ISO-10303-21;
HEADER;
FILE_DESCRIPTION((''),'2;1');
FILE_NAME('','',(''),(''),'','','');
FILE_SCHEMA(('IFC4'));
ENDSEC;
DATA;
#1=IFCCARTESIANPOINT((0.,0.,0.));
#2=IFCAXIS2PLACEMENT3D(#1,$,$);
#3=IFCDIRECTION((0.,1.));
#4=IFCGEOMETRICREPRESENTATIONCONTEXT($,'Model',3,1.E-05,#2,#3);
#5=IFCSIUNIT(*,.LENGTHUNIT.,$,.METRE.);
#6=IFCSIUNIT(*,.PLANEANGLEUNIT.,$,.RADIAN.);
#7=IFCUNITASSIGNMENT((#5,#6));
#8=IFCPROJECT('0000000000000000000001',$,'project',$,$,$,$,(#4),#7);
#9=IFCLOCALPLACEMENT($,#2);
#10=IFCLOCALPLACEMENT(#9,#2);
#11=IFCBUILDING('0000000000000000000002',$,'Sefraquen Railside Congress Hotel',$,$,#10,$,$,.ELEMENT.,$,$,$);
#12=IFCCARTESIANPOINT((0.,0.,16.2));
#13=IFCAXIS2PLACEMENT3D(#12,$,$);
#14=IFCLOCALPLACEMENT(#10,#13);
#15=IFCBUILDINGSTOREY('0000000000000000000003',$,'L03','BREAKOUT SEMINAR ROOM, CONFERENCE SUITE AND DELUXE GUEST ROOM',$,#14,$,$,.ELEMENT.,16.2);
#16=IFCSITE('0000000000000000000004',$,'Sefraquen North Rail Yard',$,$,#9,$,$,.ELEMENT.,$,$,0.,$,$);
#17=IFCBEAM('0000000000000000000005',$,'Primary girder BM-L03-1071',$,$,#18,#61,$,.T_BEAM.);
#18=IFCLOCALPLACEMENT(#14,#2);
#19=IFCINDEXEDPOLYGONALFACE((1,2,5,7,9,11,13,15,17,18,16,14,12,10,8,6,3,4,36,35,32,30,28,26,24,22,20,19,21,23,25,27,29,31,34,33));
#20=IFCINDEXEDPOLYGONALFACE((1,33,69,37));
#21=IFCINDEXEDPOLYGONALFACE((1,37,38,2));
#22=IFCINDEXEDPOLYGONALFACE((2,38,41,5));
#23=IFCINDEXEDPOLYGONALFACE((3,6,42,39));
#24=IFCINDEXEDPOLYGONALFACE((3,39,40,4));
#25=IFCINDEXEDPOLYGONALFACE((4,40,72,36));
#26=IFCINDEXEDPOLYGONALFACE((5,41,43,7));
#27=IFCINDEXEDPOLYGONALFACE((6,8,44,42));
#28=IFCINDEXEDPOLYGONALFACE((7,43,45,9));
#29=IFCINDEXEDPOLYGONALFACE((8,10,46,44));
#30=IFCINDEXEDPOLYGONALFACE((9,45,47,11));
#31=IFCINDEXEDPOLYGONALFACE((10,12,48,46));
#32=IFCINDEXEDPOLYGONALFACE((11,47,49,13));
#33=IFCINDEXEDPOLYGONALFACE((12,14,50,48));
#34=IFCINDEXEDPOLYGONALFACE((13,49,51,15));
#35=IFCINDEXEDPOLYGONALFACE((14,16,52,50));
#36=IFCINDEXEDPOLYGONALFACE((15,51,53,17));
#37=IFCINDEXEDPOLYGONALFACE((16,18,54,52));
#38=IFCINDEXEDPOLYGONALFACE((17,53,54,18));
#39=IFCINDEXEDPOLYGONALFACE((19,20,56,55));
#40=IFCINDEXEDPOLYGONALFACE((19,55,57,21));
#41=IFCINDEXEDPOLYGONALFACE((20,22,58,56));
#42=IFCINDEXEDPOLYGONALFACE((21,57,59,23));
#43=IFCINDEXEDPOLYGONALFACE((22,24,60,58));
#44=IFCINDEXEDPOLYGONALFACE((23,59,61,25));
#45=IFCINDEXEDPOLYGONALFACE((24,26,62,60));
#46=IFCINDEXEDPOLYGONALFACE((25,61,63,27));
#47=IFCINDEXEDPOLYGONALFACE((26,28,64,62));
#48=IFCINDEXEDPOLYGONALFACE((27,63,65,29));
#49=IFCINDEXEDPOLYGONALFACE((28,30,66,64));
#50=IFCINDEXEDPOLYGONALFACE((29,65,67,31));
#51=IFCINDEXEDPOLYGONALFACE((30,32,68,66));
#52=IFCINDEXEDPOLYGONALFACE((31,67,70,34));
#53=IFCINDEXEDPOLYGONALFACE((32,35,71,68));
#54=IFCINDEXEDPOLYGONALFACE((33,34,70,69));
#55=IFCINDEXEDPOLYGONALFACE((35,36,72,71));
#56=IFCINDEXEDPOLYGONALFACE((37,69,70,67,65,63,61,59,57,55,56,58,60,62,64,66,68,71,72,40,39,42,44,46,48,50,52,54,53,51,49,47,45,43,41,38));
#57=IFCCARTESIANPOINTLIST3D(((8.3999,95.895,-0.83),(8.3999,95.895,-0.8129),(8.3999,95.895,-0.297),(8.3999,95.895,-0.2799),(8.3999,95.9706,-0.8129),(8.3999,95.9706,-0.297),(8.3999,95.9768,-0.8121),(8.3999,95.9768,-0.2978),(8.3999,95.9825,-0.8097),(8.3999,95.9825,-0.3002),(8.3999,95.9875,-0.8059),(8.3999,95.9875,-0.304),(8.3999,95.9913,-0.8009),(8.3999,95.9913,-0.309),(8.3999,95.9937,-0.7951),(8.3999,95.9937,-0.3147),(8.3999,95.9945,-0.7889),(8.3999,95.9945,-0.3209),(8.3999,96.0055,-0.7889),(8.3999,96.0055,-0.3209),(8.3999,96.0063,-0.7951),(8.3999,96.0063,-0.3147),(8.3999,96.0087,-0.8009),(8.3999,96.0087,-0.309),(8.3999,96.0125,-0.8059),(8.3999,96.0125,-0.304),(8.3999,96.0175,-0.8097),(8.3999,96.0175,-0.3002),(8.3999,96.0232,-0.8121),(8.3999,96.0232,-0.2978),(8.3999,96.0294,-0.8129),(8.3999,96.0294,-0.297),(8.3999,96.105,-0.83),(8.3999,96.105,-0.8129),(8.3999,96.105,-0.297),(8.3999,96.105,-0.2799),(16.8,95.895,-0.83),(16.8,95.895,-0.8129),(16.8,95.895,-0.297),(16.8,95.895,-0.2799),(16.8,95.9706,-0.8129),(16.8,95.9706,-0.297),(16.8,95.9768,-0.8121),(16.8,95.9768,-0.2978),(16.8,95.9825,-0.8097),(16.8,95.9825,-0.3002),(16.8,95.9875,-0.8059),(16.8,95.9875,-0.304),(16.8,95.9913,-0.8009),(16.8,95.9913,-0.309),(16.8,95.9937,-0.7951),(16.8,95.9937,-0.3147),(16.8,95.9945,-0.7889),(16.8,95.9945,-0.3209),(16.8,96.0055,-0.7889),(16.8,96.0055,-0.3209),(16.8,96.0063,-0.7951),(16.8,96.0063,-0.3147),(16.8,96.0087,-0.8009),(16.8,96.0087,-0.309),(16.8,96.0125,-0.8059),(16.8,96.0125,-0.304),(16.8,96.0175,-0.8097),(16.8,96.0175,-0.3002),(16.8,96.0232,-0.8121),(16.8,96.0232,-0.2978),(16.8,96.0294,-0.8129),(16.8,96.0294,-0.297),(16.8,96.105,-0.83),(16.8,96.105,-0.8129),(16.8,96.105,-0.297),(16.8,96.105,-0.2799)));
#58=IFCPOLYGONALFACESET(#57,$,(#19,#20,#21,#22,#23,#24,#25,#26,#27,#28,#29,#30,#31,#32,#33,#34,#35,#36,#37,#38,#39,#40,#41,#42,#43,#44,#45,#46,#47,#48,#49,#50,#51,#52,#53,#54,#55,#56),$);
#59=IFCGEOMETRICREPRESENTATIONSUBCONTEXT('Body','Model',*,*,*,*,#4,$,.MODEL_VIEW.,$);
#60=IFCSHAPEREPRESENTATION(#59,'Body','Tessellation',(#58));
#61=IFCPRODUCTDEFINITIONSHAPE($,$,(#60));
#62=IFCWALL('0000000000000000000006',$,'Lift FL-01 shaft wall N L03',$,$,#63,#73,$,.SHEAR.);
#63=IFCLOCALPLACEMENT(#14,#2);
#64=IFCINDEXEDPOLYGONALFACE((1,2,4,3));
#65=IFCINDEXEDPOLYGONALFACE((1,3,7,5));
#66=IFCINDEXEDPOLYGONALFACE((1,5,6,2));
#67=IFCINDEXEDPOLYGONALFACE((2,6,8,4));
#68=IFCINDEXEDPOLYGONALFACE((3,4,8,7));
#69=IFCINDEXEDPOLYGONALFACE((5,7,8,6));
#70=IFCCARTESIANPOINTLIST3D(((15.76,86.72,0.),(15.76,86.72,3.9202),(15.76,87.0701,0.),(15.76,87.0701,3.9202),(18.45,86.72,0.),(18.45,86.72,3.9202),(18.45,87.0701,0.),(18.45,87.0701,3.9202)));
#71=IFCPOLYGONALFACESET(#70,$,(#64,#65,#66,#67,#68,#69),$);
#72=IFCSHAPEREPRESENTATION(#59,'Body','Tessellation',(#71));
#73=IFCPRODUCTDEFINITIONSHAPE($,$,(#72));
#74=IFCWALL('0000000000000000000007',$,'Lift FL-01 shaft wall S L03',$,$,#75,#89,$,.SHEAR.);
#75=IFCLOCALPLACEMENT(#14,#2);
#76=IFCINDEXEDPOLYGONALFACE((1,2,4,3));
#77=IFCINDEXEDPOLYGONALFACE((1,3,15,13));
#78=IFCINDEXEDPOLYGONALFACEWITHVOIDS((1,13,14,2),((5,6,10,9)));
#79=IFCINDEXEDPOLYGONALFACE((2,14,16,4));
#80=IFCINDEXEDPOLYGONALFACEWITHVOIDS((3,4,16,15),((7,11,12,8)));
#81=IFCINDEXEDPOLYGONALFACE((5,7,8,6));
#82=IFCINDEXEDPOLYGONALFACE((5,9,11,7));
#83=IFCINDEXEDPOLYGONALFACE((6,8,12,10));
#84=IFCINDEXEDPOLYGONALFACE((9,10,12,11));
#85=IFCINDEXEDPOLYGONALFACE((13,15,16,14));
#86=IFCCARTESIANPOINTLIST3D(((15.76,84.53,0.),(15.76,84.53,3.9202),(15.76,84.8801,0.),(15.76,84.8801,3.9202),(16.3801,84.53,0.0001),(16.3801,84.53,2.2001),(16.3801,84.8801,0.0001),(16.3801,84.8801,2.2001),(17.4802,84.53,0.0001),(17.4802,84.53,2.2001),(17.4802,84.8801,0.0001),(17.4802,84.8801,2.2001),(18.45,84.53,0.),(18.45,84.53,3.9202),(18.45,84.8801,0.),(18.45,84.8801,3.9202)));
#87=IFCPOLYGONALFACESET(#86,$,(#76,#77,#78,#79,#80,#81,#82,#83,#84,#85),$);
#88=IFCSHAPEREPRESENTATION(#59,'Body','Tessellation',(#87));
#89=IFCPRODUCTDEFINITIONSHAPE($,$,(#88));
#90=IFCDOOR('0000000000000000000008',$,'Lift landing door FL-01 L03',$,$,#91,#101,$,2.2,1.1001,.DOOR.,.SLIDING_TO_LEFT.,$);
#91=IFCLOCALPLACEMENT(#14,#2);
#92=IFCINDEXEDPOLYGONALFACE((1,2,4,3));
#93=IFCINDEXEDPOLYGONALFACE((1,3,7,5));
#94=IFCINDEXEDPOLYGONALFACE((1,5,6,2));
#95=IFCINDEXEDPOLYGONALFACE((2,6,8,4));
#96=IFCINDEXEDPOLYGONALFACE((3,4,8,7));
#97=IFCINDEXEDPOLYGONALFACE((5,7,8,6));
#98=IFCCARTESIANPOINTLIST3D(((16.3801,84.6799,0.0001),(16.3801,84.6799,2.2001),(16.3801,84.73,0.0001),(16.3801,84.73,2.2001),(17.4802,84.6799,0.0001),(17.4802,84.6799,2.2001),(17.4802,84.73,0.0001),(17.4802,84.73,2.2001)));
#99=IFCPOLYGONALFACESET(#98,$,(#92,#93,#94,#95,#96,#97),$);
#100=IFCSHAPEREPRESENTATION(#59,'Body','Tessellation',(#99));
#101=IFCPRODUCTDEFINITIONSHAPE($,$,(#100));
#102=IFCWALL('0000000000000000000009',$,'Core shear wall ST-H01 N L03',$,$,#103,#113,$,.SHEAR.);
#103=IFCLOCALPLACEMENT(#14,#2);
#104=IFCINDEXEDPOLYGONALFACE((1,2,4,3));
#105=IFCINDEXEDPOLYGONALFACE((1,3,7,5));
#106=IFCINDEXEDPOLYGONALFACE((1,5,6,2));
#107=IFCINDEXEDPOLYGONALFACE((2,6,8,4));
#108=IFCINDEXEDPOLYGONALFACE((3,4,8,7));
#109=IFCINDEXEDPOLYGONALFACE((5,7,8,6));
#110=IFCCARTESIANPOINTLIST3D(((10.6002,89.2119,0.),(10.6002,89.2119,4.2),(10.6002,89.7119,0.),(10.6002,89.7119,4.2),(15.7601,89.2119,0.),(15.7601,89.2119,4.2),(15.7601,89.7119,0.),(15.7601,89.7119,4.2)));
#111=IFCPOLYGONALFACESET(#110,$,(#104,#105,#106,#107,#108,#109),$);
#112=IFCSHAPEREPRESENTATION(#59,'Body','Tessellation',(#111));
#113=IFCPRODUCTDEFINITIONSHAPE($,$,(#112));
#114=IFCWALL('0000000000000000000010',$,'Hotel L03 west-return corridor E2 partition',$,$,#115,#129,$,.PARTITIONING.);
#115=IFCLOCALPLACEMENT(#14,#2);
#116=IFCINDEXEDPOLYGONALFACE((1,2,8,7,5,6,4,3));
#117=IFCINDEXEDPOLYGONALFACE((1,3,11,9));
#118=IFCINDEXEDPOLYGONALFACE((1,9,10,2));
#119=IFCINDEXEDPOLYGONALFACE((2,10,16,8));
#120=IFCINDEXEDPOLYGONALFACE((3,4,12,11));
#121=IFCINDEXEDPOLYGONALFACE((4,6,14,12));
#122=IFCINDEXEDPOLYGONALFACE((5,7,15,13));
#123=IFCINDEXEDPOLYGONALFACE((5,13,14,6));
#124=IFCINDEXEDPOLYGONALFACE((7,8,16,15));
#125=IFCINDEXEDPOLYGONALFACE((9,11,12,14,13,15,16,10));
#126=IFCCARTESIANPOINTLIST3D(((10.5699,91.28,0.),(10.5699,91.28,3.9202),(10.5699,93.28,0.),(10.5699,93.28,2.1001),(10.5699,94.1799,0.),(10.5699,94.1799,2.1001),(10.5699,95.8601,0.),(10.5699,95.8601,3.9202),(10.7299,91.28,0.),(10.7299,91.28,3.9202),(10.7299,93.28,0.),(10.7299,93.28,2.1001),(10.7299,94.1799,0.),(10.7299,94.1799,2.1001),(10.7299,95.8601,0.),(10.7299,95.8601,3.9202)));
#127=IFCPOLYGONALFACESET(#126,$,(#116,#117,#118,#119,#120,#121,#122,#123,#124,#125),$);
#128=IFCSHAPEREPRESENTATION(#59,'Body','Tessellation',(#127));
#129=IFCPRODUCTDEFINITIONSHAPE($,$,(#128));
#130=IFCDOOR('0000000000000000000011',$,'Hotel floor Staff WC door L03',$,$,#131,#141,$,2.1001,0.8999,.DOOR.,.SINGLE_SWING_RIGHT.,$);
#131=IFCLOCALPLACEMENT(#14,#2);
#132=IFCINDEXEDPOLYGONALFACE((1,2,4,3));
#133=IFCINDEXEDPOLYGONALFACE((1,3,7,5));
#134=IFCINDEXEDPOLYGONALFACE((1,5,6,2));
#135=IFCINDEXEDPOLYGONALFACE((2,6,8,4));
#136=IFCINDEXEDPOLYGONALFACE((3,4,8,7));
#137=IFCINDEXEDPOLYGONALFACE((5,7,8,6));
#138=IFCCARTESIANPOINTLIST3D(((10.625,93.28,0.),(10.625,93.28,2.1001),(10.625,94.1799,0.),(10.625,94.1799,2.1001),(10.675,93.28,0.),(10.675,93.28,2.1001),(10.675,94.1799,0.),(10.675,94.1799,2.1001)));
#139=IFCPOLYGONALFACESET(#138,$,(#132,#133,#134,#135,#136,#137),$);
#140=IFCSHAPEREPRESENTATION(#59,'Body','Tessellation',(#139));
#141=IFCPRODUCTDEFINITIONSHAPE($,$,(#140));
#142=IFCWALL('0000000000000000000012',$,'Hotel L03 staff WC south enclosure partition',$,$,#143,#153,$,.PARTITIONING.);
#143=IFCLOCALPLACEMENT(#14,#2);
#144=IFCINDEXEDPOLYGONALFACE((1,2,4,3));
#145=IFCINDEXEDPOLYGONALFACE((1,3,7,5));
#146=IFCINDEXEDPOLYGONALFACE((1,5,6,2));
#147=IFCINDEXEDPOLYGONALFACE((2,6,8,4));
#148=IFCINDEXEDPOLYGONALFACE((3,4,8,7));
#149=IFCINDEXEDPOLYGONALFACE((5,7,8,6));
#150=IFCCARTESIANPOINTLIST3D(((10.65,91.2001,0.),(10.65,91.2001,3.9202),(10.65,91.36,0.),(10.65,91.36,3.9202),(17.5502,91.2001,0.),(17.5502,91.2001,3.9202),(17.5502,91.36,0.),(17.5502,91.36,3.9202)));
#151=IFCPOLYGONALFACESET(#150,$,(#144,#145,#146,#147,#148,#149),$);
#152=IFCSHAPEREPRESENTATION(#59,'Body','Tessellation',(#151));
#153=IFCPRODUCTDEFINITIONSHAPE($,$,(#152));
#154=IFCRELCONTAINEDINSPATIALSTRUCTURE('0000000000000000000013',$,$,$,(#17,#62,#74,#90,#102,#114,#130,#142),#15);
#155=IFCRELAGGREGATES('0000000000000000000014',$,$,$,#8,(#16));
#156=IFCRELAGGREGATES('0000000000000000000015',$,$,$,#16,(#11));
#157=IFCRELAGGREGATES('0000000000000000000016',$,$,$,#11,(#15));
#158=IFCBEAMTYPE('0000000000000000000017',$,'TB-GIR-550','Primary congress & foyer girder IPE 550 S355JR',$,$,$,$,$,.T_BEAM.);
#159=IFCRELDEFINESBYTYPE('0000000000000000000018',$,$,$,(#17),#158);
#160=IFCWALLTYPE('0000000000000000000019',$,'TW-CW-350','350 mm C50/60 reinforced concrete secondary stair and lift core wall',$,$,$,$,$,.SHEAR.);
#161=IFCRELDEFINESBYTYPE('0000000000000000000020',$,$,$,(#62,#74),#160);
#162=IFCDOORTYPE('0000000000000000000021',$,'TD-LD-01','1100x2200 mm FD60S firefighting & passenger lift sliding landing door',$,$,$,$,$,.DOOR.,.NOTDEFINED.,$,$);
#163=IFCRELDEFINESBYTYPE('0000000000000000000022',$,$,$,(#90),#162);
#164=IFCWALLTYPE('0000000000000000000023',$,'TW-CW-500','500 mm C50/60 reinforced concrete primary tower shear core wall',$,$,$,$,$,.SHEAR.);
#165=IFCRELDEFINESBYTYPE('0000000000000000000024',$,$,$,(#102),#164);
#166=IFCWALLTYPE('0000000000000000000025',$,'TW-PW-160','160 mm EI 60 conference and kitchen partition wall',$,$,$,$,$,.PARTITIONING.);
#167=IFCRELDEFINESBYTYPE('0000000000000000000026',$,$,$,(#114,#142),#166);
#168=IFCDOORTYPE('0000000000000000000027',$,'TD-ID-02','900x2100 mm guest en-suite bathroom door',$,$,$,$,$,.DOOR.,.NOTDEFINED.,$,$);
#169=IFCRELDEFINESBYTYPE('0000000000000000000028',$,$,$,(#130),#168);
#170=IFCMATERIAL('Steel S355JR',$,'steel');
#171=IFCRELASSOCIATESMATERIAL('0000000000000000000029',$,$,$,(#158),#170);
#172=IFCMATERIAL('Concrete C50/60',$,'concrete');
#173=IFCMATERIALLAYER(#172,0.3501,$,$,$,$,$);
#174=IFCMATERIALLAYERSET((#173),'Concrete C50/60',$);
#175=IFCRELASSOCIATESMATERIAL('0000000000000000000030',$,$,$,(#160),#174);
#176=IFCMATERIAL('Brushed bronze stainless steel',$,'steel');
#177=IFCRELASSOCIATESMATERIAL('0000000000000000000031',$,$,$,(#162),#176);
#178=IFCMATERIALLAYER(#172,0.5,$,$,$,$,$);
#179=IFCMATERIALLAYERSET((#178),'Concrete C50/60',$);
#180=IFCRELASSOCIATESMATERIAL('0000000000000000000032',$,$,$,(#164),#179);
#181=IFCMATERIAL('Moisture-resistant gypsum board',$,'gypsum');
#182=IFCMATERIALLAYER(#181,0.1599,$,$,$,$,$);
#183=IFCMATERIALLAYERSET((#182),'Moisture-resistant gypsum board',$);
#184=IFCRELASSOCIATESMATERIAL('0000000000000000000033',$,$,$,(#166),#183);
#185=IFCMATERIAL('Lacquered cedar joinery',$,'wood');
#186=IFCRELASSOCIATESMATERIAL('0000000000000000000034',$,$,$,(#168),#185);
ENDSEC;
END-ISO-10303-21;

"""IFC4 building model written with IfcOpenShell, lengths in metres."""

from ifc_helpers import new_model, si_unit, direction, frame, frame_2d, origin, origin_2d, place, context, subcontext, project, spatial, rectangle, i_section, extrude, material, layer, layer_set, material_profile, profile_set, type_object, element, fill, save


model = new_model("IFC4")

# Units and contexts
model_context = context("Model", 3, precision=1e-05, world=origin(), true_north=direction((0.0, 1.0)))
body_context = subcontext(model_context, "Body", "Model", "MODEL_VIEW")
ifc_project = project(units=[si_unit("LENGTHUNIT", "METRE"), si_unit("PLANEANGLEUNIT", "RADIAN")], contexts=[model_context])

# Site, building, storey
site_placement = place(None, origin())
site = spatial("IfcSite", under=ifc_project, at=site_placement, Name="Sefraquen North Rail Yard", CompositionType="ELEMENT", RefElevation=0.0)
building_placement = place(site_placement, origin())
building = spatial("IfcBuilding", under=site, at=building_placement, Name="Sefraquen Railside Congress Hotel", CompositionType="ELEMENT")
storey_placement = place(building_placement, frame((0.0, 0.0, 16.2)))
storey = spatial("IfcBuildingStorey", under=building, at=storey_placement, Name="L03", Description="BREAKOUT SEMINAR ROOM, CONFERENCE SUITE AND DELUXE GUEST ROOM", CompositionType="ELEMENT", Elevation=16.2)

# Shared definitions
ifc_material_1 = material(Name="Steel S355JR", Category="steel")

# Beam
ifc_material_profile_1 = material_profile(ifc_material_1, i_section(OverallWidth=0.21, OverallDepth=0.55, WebThickness=0.011, FlangeThickness=0.0171, FilletRadius=0.0239, at=origin_2d()), Name="IPE 550")
ifc_profile_set_1 = profile_set([ifc_material_profile_1], Name="Steel S355JR")
beam_type_1 = type_object("IfcBeamType", Name="TB-GIR-550", Description="Primary congress & foyer girder IPE 550 S355JR", PredefinedType="T_BEAM", material=ifc_profile_set_1)
beam_1_placement = place(storey_placement, frame((8.3999, 96.0, -0.5549), z_axis=(1.0, 0.0, 0.0), x_axis=(0.0, 1.0, 0.0)))
element("IfcBeam", 1, at=beam_1_placement, inside=storey, type_object=beam_type_1, Name="Primary girder BM-L03-1071", PredefinedType="T_BEAM", context=body_context, shape_type="SweptSolid", body=[
    extrude(i_section(OverallWidth=0.21, OverallDepth=0.55, WebThickness=0.011, FlangeThickness=0.0171, FilletRadius=0.0239, at=origin_2d()), origin(), (0.0, 0.0, 1.0), 8.4001),
])

# Wall
ifc_material_2 = material(Name="Concrete C50/60", Category="concrete")
ifc_layer_1 = layer(ifc_material_2, 0.3501)
ifc_layer_set_1 = layer_set([ifc_layer_1], Name="Concrete C50/60")
wall_type_1 = type_object("IfcWallType", Name="TW-CW-350", Description="350 mm C50/60 reinforced concrete secondary stair and lift core wall", PredefinedType="SHEAR", material=ifc_layer_set_1)
wall_1_placement = place(storey_placement, frame((15.76, 86.895, 0.0), z_axis=(0.0, 0.0, 1.0), x_axis=(1.0, 0.0, 0.0)))
element("IfcWall", 2, at=wall_1_placement, inside=storey, type_object=wall_type_1, Name="Lift FL-01 shaft wall N L03", PredefinedType="SHEAR", context=body_context, shape_type="SweptSolid", body=[
    extrude(rectangle(XDim=2.6899, YDim=0.3501, at=frame_2d((1.345, 0.0))), origin(), (0.0, 0.0, 1.0), 3.9202),
])

# Wall, opening, door
wall_2_placement = place(storey_placement, frame((15.76, 84.7051, 0.0), z_axis=(0.0, 0.0, 1.0), x_axis=(1.0, 0.0, 0.0)))
wall_2 = element("IfcWall", 3, at=wall_2_placement, inside=storey, type_object=wall_type_1, Name="Lift FL-01 shaft wall S L03", PredefinedType="SHEAR", context=body_context, shape_type="SweptSolid", body=[
    extrude(rectangle(XDim=2.6899, YDim=0.3501, at=frame_2d((1.345, 0.0))), origin(), (0.0, 0.0, 1.0), 3.9202),
])
opening_1_placement = place(wall_2_placement, frame((0.6201, 0.0, 0.0)))
opening_1 = element("IfcOpeningElement", 4, at=opening_1_placement, cuts=wall_2, PredefinedType="OPENING", context=body_context, shape_type="SweptSolid", body=[
    extrude(rectangle(XDim=1.1001, YDim=2.2, at=frame_2d((0.55, 1.1001))), frame((0.0, 0.1851, 0.0), z_axis=(0.0, -1.0, 0.0), x_axis=(1.0, 0.0, 0.0)), (0.0, 0.0, 1.0), 0.3701),
])
ifc_material_3 = material(Name="Brushed bronze stainless steel", Category="steel")
door_type_1 = type_object("IfcDoorType", Name="TD-LD-01", Description="1100x2200 mm FD60S firefighting & passenger lift sliding landing door", OperationType="NOTDEFINED", PredefinedType="DOOR", material=ifc_material_3)
door_1_placement = place(opening_1_placement, origin())
door_1 = element("IfcDoor", 5, at=door_1_placement, inside=storey, type_object=door_type_1, Name="Lift landing door FL-01 L03", OperationType="SLIDING_TO_LEFT", OverallHeight=2.2, OverallWidth=1.1001, PredefinedType="DOOR", context=body_context, shape_type="SweptSolid", body=[
    extrude(rectangle(XDim=1.1001, YDim=2.2, at=frame_2d((0.55, 1.1001))), frame((0.0, 0.0249, 0.0), z_axis=(0.0, -1.0, 0.0), x_axis=(1.0, 0.0, 0.0)), (0.0, 0.0, 1.0), 0.05),
])
fill(opening_1, door_1)

# Wall
ifc_layer_2 = layer(ifc_material_2, 0.5)
ifc_layer_set_2 = layer_set([ifc_layer_2], Name="Concrete C50/60")
wall_type_2 = type_object("IfcWallType", Name="TW-CW-500", Description="500 mm C50/60 reinforced concrete primary tower shear core wall", PredefinedType="SHEAR", material=ifc_layer_set_2)
wall_3_placement = place(storey_placement, frame((10.6001, 89.4619, 0.0), z_axis=(0.0, 0.0, 1.0), x_axis=(1.0, 0.0, 0.0)))
element("IfcWall", 6, at=wall_3_placement, inside=storey, type_object=wall_type_2, Name="Core shear wall ST-H01 N L03", PredefinedType="SHEAR", context=body_context, shape_type="SweptSolid", body=[
    extrude(rectangle(XDim=5.1599, YDim=0.5, at=frame_2d((2.5801, 0.0))), origin(), (0.0, 0.0, 1.0), 4.2),
])

# Wall, opening, door
ifc_material_4 = material(Name="Moisture-resistant gypsum board", Category="gypsum")
ifc_layer_3 = layer(ifc_material_4, 0.1599)
ifc_layer_set_3 = layer_set([ifc_layer_3], Name="Moisture-resistant gypsum board")
wall_type_3 = type_object("IfcWallType", Name="TW-PW-160", Description="160 mm EI 60 conference and kitchen partition wall", PredefinedType="PARTITIONING", material=ifc_layer_set_3)
wall_4_placement = place(storey_placement, frame((10.6499, 91.28, 0.0), z_axis=(0.0, 0.0, 1.0), x_axis=(0.0, 1.0, 0.0)))
wall_4 = element("IfcWall", 7, at=wall_4_placement, inside=storey, type_object=wall_type_3, Name="Hotel L03 west-return corridor E2 partition", PredefinedType="PARTITIONING", context=body_context, shape_type="SweptSolid", body=[
    extrude(rectangle(XDim=4.5801, YDim=0.1599, at=frame_2d((2.29, 0.0))), origin(), (0.0, 0.0, 1.0), 3.9202),
])
opening_2_placement = place(wall_4_placement, frame((2.0, 0.0, 0.0)))
opening_2 = element("IfcOpeningElement", 8, at=opening_2_placement, cuts=wall_4, PredefinedType="OPENING", context=body_context, shape_type="SweptSolid", body=[
    extrude(rectangle(XDim=0.8999, YDim=2.1001, at=frame_2d((0.45, 1.05))), frame((0.0, 0.0898, 0.0), z_axis=(0.0, -1.0, 0.0), x_axis=(1.0, 0.0, 0.0)), (0.0, 0.0, 1.0), 0.1799),
])
ifc_material_5 = material(Name="Lacquered cedar joinery", Category="wood")
door_type_2 = type_object("IfcDoorType", Name="TD-ID-02", Description="900x2100 mm guest en-suite bathroom door", OperationType="NOTDEFINED", PredefinedType="DOOR", material=ifc_material_5)
door_2_placement = place(opening_2_placement, origin())
door_2 = element("IfcDoor", 9, at=door_2_placement, inside=storey, type_object=door_type_2, Name="Hotel floor Staff WC door L03", OperationType="SINGLE_SWING_RIGHT", OverallHeight=2.1001, OverallWidth=0.8999, PredefinedType="DOOR", context=body_context, shape_type="SweptSolid", body=[
    extrude(rectangle(XDim=0.8999, YDim=2.1001, at=frame_2d((0.45, 1.05))), frame((0.0, 0.0249, 0.0), z_axis=(0.0, -1.0, 0.0), x_axis=(1.0, 0.0, 0.0)), (0.0, 0.0, 1.0), 0.05),
])
fill(opening_2, door_2)

# Wall
wall_5_placement = place(storey_placement, frame((10.6499, 91.28, 0.0), z_axis=(0.0, 0.0, 1.0), x_axis=(1.0, 0.0, 0.0)))
element("IfcWall", 10, at=wall_5_placement, inside=storey, type_object=wall_type_3, Name="Hotel L03 staff WC south enclosure partition", PredefinedType="PARTITIONING", context=body_context, shape_type="SweptSolid", body=[
    extrude(rectangle(XDim=6.9001, YDim=0.1599, at=frame_2d((3.4502, 0.0))), origin(), (0.0, 0.0, 1.0), 3.9202),
])

save(model, "model.ifc")
